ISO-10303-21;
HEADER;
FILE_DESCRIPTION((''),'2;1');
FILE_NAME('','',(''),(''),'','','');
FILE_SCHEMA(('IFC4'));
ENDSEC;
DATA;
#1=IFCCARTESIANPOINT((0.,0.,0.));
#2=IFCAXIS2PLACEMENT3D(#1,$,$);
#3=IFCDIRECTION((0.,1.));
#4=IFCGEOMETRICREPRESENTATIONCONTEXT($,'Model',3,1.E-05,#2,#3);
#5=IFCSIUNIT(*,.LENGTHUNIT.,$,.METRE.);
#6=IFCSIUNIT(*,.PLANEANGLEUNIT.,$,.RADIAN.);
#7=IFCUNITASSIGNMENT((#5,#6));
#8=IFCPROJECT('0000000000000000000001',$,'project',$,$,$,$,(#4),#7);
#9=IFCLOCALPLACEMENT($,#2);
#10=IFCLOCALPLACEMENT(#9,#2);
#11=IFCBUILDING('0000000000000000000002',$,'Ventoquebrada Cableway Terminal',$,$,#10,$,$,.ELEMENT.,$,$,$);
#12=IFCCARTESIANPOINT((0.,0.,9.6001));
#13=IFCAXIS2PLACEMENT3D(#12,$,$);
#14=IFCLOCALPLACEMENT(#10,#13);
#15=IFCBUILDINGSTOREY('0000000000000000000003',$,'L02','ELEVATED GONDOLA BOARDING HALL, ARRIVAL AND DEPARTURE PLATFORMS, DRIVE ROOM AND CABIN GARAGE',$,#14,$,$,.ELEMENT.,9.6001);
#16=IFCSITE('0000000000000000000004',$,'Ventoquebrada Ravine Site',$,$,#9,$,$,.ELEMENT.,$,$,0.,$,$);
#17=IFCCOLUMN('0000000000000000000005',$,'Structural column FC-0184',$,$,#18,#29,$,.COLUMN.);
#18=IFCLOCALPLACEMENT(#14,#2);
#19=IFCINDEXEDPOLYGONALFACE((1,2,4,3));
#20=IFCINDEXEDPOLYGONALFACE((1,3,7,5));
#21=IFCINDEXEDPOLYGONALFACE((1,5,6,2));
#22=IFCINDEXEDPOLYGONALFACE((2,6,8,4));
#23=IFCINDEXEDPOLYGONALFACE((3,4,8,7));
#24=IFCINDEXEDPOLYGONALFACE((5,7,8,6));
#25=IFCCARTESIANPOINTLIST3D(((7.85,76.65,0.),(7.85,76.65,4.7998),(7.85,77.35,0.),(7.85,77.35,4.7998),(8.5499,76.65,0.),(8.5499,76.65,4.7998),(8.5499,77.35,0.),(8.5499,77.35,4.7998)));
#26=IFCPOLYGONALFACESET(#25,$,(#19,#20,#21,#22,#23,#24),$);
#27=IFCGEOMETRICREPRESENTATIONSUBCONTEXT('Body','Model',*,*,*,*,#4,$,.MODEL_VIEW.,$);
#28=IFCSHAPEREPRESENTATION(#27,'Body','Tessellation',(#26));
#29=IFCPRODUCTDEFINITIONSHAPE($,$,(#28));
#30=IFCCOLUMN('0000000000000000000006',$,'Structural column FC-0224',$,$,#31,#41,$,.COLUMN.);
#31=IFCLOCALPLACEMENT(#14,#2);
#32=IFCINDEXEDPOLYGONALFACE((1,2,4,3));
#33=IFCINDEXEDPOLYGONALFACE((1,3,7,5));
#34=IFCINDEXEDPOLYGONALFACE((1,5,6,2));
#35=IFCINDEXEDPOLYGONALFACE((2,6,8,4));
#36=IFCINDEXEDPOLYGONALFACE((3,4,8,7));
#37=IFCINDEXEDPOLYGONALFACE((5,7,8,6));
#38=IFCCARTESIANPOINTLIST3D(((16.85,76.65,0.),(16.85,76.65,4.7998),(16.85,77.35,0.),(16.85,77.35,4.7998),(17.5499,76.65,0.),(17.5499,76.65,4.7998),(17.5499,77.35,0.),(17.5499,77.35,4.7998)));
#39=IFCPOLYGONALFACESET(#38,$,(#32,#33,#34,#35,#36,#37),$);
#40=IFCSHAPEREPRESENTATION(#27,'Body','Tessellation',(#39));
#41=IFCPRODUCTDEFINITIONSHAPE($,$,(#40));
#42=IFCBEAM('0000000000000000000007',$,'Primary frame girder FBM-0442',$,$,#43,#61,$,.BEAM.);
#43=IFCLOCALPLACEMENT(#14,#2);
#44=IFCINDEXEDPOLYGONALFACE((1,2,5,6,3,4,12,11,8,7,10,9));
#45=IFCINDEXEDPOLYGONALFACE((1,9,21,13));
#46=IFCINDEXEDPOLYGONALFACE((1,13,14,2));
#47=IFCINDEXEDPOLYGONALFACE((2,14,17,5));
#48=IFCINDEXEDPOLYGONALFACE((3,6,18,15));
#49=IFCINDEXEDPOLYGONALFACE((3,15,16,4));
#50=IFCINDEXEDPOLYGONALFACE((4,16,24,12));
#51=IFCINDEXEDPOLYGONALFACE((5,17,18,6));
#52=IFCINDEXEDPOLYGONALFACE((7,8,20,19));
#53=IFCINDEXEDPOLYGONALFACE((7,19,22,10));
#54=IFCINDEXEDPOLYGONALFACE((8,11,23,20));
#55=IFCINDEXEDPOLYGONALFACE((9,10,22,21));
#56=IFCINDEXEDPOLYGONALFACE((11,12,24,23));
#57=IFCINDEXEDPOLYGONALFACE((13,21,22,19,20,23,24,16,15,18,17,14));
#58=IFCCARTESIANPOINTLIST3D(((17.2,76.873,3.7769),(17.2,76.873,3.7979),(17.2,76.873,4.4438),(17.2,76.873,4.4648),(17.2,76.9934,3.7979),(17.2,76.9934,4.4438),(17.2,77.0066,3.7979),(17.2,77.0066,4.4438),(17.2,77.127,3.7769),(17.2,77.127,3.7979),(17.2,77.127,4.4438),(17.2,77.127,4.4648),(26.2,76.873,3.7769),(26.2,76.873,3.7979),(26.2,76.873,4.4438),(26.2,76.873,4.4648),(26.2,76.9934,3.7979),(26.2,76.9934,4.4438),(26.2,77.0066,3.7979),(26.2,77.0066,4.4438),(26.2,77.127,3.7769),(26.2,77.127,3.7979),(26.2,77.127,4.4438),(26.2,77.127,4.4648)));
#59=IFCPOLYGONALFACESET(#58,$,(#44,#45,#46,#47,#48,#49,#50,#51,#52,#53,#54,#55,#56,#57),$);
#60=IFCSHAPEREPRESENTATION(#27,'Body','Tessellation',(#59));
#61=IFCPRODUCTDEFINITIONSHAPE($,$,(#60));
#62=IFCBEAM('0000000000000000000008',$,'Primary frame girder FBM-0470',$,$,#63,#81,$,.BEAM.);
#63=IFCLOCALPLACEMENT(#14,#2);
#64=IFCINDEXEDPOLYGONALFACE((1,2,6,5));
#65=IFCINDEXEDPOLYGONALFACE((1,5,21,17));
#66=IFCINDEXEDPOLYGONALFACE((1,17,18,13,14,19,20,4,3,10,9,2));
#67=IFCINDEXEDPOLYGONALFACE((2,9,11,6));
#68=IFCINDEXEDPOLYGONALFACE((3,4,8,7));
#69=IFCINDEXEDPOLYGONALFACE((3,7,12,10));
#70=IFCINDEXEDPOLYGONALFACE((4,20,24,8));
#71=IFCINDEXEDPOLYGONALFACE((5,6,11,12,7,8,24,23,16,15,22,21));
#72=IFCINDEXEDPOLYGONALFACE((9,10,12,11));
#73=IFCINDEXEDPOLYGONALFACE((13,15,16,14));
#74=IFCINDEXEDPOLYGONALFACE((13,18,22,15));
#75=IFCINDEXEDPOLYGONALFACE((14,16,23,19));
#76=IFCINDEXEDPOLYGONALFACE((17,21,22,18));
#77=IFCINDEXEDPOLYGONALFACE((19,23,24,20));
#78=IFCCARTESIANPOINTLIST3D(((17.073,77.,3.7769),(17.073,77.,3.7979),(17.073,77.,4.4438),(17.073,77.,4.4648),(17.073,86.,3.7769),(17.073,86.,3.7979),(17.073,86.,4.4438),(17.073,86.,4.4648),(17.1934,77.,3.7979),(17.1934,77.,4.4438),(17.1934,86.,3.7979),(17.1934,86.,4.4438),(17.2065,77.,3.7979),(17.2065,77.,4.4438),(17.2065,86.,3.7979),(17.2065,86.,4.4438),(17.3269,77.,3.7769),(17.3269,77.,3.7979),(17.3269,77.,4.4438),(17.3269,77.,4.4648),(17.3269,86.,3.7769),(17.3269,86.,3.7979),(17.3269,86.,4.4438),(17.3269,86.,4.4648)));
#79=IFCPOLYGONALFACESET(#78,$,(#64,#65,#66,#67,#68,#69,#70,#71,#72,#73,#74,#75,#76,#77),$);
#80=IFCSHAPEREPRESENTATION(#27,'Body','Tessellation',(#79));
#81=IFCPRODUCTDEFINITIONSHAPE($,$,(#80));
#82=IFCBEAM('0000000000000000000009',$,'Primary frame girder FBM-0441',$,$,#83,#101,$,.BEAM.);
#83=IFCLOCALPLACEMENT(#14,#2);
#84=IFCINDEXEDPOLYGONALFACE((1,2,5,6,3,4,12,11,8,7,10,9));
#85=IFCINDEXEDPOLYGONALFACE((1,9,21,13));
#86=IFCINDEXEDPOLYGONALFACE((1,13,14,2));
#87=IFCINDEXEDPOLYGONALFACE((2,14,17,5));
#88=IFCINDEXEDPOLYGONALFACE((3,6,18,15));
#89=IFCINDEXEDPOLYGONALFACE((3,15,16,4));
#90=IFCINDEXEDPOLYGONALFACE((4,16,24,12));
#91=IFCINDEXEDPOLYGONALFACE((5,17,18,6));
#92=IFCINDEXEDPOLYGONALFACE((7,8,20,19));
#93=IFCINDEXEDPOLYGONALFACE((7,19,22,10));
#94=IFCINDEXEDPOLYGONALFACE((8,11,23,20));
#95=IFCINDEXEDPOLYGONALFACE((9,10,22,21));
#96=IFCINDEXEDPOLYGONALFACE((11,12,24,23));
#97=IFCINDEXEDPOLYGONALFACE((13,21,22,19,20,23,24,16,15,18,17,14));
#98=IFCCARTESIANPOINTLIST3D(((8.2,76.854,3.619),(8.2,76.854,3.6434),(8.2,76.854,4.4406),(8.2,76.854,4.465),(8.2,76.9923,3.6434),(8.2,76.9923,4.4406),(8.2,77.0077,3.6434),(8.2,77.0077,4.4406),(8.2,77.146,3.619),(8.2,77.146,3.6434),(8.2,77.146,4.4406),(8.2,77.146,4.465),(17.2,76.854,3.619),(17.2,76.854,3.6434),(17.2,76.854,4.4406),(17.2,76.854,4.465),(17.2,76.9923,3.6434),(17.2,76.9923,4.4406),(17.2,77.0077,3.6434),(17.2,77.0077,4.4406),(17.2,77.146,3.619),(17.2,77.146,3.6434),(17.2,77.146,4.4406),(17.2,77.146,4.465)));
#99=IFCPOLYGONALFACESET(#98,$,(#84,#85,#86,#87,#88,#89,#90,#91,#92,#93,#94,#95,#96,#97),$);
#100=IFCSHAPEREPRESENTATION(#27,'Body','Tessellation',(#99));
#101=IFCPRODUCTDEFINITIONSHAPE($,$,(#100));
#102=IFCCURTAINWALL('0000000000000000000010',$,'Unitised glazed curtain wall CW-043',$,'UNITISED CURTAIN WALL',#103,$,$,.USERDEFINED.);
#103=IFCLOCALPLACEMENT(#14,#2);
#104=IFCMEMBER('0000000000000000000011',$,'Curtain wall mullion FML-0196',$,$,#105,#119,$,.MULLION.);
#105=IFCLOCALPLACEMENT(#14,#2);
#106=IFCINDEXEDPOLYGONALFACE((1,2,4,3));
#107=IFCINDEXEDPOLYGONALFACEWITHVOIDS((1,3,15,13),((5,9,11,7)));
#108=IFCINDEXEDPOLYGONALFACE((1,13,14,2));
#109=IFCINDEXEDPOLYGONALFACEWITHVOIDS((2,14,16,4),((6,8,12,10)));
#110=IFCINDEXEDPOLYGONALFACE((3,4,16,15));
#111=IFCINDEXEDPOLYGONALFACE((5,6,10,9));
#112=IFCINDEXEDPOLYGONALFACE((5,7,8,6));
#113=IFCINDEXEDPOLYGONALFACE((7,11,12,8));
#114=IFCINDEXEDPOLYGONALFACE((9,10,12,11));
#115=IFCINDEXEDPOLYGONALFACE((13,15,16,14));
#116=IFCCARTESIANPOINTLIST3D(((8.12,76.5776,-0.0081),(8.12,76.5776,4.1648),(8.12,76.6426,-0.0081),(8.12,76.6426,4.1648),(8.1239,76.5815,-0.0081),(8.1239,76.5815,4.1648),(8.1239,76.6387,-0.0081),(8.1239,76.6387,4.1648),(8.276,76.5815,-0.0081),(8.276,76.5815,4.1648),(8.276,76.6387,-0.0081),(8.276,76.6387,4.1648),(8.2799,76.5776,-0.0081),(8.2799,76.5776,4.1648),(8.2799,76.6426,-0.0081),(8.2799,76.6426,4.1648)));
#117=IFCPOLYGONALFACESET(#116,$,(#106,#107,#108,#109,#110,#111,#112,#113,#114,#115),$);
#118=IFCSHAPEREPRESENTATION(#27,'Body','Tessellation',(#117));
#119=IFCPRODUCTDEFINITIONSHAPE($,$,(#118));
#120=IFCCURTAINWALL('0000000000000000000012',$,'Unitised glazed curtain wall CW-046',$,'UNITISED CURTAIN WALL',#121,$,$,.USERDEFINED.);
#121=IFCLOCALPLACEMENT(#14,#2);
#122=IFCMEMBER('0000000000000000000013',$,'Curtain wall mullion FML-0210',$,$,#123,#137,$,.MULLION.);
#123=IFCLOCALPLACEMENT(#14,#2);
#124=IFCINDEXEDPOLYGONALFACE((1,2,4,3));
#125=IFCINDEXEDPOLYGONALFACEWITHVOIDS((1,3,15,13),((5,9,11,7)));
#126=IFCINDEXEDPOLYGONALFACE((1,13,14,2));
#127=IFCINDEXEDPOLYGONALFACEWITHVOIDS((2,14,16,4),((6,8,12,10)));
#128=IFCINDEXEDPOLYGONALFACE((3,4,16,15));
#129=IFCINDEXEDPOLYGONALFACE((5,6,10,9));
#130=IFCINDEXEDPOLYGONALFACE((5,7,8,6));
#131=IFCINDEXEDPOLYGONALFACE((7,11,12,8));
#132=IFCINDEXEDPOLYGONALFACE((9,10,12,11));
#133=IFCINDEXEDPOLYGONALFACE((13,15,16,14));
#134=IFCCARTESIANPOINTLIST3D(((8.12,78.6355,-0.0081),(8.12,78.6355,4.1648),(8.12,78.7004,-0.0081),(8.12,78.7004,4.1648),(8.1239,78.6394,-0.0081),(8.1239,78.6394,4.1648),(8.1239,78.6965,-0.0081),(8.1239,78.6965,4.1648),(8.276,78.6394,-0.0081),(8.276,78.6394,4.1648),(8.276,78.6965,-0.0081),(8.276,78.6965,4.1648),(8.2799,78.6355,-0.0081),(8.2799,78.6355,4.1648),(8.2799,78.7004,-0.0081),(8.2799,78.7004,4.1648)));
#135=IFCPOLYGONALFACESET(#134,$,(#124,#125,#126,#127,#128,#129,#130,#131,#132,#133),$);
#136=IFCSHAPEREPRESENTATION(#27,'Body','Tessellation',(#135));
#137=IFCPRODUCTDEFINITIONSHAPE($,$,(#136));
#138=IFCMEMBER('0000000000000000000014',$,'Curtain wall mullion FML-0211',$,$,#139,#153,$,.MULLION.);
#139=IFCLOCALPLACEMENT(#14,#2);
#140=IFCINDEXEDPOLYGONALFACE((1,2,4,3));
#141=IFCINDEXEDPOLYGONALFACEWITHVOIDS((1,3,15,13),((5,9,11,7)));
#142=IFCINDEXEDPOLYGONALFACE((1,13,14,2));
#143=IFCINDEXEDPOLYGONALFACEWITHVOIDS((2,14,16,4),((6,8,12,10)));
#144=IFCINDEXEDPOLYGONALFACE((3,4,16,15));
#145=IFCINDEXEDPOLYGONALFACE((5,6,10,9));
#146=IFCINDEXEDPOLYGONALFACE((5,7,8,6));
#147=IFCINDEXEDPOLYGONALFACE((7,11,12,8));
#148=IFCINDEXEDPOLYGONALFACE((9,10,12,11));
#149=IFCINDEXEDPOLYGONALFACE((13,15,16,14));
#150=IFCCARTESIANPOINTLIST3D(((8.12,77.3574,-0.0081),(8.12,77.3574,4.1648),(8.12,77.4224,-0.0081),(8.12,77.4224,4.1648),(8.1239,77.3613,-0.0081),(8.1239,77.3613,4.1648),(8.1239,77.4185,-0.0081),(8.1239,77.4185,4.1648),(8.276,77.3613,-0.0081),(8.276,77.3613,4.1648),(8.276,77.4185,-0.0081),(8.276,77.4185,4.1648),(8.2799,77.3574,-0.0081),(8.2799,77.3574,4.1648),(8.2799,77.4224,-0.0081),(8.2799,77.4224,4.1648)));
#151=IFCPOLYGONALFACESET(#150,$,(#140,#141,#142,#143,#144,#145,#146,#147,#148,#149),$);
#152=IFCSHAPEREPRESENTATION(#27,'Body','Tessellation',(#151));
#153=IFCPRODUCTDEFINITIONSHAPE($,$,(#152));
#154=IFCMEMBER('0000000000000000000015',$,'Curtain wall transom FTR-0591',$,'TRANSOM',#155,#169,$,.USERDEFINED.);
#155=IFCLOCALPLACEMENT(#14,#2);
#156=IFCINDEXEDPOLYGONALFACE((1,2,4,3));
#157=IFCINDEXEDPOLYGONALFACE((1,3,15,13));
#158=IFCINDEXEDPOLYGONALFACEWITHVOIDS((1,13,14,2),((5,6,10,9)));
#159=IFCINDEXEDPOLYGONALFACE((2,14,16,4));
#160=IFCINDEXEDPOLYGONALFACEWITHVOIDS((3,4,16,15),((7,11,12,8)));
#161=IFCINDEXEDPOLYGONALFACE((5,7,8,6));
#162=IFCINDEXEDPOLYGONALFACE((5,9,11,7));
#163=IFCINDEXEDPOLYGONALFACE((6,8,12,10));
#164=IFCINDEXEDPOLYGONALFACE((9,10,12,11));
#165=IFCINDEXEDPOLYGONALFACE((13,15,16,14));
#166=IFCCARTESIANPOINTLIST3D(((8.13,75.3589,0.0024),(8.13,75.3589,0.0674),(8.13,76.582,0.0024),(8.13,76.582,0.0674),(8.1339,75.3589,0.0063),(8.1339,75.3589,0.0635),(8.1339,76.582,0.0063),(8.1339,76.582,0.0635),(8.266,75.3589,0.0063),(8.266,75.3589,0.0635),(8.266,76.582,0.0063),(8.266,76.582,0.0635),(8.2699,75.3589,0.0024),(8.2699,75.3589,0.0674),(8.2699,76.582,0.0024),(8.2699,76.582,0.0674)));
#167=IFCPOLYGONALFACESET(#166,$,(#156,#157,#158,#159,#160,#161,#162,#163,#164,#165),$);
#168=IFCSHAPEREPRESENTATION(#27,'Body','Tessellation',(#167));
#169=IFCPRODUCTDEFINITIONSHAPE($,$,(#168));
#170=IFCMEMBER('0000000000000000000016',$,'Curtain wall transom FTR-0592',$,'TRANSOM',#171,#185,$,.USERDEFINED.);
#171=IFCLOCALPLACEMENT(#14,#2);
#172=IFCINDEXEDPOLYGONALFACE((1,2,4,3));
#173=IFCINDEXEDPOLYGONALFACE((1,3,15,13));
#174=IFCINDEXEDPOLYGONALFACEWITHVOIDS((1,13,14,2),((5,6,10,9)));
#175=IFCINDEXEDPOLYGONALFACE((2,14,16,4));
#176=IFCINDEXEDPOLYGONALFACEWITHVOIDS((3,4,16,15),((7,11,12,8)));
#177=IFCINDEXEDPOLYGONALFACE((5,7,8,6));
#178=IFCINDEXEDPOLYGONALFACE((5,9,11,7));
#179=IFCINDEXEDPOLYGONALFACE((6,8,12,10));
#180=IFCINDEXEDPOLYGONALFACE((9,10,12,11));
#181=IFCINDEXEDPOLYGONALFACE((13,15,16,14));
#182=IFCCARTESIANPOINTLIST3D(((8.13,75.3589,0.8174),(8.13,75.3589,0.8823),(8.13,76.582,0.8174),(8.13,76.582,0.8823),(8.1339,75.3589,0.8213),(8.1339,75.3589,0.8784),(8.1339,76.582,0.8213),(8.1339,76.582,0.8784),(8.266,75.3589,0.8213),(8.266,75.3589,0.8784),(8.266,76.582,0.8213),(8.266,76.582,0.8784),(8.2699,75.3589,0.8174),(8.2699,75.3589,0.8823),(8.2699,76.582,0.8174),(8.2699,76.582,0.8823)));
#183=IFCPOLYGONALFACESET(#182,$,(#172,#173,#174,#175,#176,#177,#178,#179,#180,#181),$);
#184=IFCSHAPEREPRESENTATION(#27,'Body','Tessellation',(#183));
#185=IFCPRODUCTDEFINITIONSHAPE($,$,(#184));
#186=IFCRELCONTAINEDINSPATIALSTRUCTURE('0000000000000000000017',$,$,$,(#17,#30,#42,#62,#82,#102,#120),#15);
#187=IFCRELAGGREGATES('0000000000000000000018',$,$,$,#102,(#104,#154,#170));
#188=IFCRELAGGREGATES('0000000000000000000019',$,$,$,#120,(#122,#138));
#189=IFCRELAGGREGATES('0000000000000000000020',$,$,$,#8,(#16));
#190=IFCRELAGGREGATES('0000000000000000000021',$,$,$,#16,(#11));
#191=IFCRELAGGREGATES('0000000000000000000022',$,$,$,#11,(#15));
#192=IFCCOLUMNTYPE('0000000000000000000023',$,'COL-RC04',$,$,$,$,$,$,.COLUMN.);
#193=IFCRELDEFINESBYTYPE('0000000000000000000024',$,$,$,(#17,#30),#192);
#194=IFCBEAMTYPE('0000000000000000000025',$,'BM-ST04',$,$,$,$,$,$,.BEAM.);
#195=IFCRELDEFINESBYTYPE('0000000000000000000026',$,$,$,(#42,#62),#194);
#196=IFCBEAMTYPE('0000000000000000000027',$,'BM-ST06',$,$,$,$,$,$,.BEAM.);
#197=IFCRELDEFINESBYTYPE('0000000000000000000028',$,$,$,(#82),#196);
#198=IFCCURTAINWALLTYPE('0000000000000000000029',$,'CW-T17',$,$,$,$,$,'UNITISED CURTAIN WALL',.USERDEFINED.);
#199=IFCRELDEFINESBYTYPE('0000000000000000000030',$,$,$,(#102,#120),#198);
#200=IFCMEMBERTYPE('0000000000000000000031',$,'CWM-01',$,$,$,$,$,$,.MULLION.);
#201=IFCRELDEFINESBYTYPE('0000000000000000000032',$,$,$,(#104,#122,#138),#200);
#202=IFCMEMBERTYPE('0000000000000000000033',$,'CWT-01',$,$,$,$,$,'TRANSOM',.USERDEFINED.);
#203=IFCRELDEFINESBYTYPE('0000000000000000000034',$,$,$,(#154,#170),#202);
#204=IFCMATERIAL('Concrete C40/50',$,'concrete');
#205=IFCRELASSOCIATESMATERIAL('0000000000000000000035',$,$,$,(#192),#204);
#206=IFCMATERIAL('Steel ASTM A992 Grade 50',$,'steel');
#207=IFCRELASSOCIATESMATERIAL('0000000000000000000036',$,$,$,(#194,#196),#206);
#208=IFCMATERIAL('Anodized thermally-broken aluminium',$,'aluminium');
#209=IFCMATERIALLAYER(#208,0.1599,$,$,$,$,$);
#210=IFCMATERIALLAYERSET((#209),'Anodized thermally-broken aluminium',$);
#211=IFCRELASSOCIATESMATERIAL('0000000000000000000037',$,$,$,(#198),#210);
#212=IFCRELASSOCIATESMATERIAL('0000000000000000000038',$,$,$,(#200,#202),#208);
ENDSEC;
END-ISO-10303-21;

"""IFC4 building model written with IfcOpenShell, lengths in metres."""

from ifc_helpers import new_model, si_unit, direction, frame, origin, origin_2d, place, context, subcontext, project, spatial, rectangle, hollow_rectangle, i_section, extrude, material, layer, layer_set, material_profile, profile_set, type_object, element, aggregate, save


model = new_model("IFC4")

# Units and contexts
model_context = context("Model", 3, precision=1e-05, world=origin(), true_north=direction((0.0, 1.0)))
body_context = subcontext(model_context, "Body", "Model", "MODEL_VIEW")
ifc_project = project(units=[si_unit("LENGTHUNIT", "METRE"), si_unit("PLANEANGLEUNIT", "RADIAN")], contexts=[model_context])

# Site, building, storey
site_placement = place(None, origin())
site = spatial("IfcSite", under=ifc_project, at=site_placement, Name="Ventoquebrada Ravine Site", CompositionType="ELEMENT", RefElevation=0.0)
building_placement = place(site_placement, origin())
building = spatial("IfcBuilding", under=site, at=building_placement, Name="Ventoquebrada Cableway Terminal", CompositionType="ELEMENT")
storey_placement = place(building_placement, frame((0.0, 0.0, 9.6001)))
storey = spatial("IfcBuildingStorey", under=building, at=storey_placement, Name="L02", Description="ELEVATED GONDOLA BOARDING HALL, ARRIVAL AND DEPARTURE PLATFORMS, DRIVE ROOM AND CABIN GARAGE", CompositionType="ELEMENT", Elevation=9.6001)

# Columns
ifc_material_1 = material(Name="Concrete C40/50", Category="concrete")
ifc_material_profile_1 = material_profile(ifc_material_1, rectangle(XDim=0.7, YDim=0.7, at=origin_2d()), Name="RC-COL-700X700")
ifc_profile_set_1 = profile_set([ifc_material_profile_1], Name="Concrete C40/50")
column_type = type_object("IfcColumnType", Name="COL-RC04", PredefinedType="COLUMN", material=ifc_profile_set_1)
for number, where, z_axis, x_axis, name in (
    (1, (8.2, 77.0, 0.0), (0.0, 0.0, 1.0), (1.0, 0.0, 0.0), "Structural column FC-0184"),
    (2, (17.2, 77.0, 0.0), (0.0, 0.0, 1.0), (1.0, 0.0, 0.0), "Structural column FC-0224"),
):
    element("IfcColumn", number, at=place(storey_placement, frame(where, z_axis=z_axis, x_axis=x_axis)), inside=storey, type_object=column_type, Name=name, PredefinedType="COLUMN", context=body_context, shape_type="SweptSolid", body=[
        extrude(rectangle(XDim=0.7, YDim=0.7, at=origin_2d()), origin(), (0.0, 0.0, 1.0), 4.7998),
    ])

# Beams
ifc_material_2 = material(Name="Steel ASTM A992 Grade 50", Category="steel")
ifc_material_profile_2 = material_profile(ifc_material_2, i_section(OverallWidth=0.2539, OverallDepth=0.688, WebThickness=0.0132, FlangeThickness=0.021, at=origin_2d()), Name="W27X102")
ifc_profile_set_2 = profile_set([ifc_material_profile_2], Name="Steel ASTM A992 Grade 50")
beam_type_1 = type_object("IfcBeamType", Name="BM-ST04", PredefinedType="BEAM", material=ifc_profile_set_2)
for number, where, z_axis, x_axis, name in (
    (3, (17.2, 77.0, 4.1208), (1.0, 0.0, 0.0), (0.0, 1.0, 0.0), "Primary frame girder FBM-0442"),
    (4, (17.2, 77.0, 4.1208), (0.0, 1.0, 0.0), (-1.0, 0.0, 0.0), "Primary frame girder FBM-0470"),
):
    element("IfcBeam", number, at=place(storey_placement, frame(where, z_axis=z_axis, x_axis=x_axis)), inside=storey, type_object=beam_type_1, Name=name, PredefinedType="BEAM", context=body_context, shape_type="SweptSolid", body=[
        extrude(i_section(OverallWidth=0.2539, OverallDepth=0.688, WebThickness=0.0132, FlangeThickness=0.021, at=origin_2d()), origin(), (0.0, 0.0, 1.0), 9.0),
    ])
ifc_material_profile_3 = material_profile(ifc_material_2, i_section(OverallWidth=0.292, OverallDepth=0.8459, WebThickness=0.0154, FlangeThickness=0.0244, at=origin_2d()), Name="W33X141")
ifc_profile_set_3 = profile_set([ifc_material_profile_3], Name="Steel ASTM A992 Grade 50")
beam_type_2 = type_object("IfcBeamType", Name="BM-ST06", PredefinedType="BEAM", material=ifc_profile_set_3)
beam_1_placement = place(storey_placement, frame((8.2, 77.0, 4.042), z_axis=(1.0, 0.0, 0.0), x_axis=(0.0, 1.0, 0.0)))
element("IfcBeam", 5, at=beam_1_placement, inside=storey, type_object=beam_type_2, Name="Primary frame girder FBM-0441", PredefinedType="BEAM", context=body_context, shape_type="SweptSolid", body=[
    extrude(i_section(OverallWidth=0.292, OverallDepth=0.8459, WebThickness=0.0154, FlangeThickness=0.0244, at=origin_2d()), origin(), (0.0, 0.0, 1.0), 9.0),
])

# Curtain wall, member
ifc_material_3 = material(Name="Anodized thermally-broken aluminium", Category="aluminium")
ifc_layer_1 = layer(ifc_material_3, 0.1599)
ifc_layer_set_1 = layer_set([ifc_layer_1], Name="Anodized thermally-broken aluminium")
curtain_wall_type = type_object("IfcCurtainWallType", Name="CW-T17", ElementType="UNITISED CURTAIN WALL", PredefinedType="USERDEFINED", material=ifc_layer_set_1)
curtain_wall_1_placement = place(storey_placement, origin())
curtain_wall_1 = element("IfcCurtainWall", 6, at=curtain_wall_1_placement, inside=storey, type_object=curtain_wall_type, Name="Unitised glazed curtain wall CW-043", ObjectType="UNITISED CURTAIN WALL", PredefinedType="USERDEFINED")
ifc_material_profile_4 = material_profile(ifc_material_3, hollow_rectangle(XDim=0.0649, YDim=0.1599, WallThickness=0.0039, at=origin_2d()), Name="CW-MUL-65X160")
ifc_profile_set_4 = profile_set([ifc_material_profile_4], Name="Anodized thermally-broken aluminium")
member_type_1 = type_object("IfcMemberType", Name="CWM-01", PredefinedType="MULLION", material=ifc_profile_set_4)
member_1_placement = place(storey_placement, frame((8.2, 76.6101, -0.0081), z_axis=(0.0, 0.0, 1.0), x_axis=(0.0, -1.0, 0.0)))
member_1 = element("IfcMember", 7, at=member_1_placement, type_object=member_type_1, Name="Curtain wall mullion FML-0196", PredefinedType="MULLION", context=body_context, shape_type="SweptSolid", body=[
    extrude(hollow_rectangle(XDim=0.0649, YDim=0.1599, WallThickness=0.0039, at=origin_2d()), origin(), (0.0, 0.0, 1.0), 4.1729),
])

# Curtain wall, members
curtain_wall_2_placement = place(storey_placement, origin())
curtain_wall_2 = element("IfcCurtainWall", 8, at=curtain_wall_2_placement, inside=storey, type_object=curtain_wall_type, Name="Unitised glazed curtain wall CW-046", ObjectType="UNITISED CURTAIN WALL", PredefinedType="USERDEFINED")
member_2_placement = place(storey_placement, frame((8.2, 78.668, -0.0081), z_axis=(0.0, 0.0, 1.0), x_axis=(0.0, -1.0, 0.0)))
member_2 = element("IfcMember", 9, at=member_2_placement, type_object=member_type_1, Name="Curtain wall mullion FML-0210", PredefinedType="MULLION", context=body_context, shape_type="SweptSolid", body=[
    extrude(hollow_rectangle(XDim=0.0649, YDim=0.1599, WallThickness=0.0039, at=origin_2d()), origin(), (0.0, 0.0, 1.0), 4.1729),
])
member_3_placement = place(storey_placement, frame((8.2, 77.3899, -0.0081), z_axis=(0.0, 0.0, 1.0), x_axis=(0.0, -1.0, 0.0)))
member_3 = element("IfcMember", 10, at=member_3_placement, type_object=member_type_1, Name="Curtain wall mullion FML-0211", PredefinedType="MULLION", context=body_context, shape_type="SweptSolid", body=[
    extrude(hollow_rectangle(XDim=0.0649, YDim=0.1599, WallThickness=0.0039, at=origin_2d()), origin(), (0.0, 0.0, 1.0), 4.1729),
])

# Members
ifc_material_profile_5 = material_profile(ifc_material_3, hollow_rectangle(XDim=0.0649, YDim=0.1399, WallThickness=0.0039, at=origin_2d()), Name="CW-TRN-65X140")
ifc_profile_set_5 = profile_set([ifc_material_profile_5], Name="Anodized thermally-broken aluminium")
member_type_2 = type_object("IfcMemberType", Name="CWT-01", ElementType="TRANSOM", PredefinedType="USERDEFINED", material=ifc_profile_set_5)
member_4_placement = place(storey_placement, frame((8.2, 76.582, 0.0349), z_axis=(0.0, -1.0, 0.0), x_axis=(0.0, 0.0, 1.0)))
member_4 = element("IfcMember", 11, at=member_4_placement, type_object=member_type_2, Name="Curtain wall transom FTR-0591", ObjectType="TRANSOM", PredefinedType="USERDEFINED", context=body_context, shape_type="SweptSolid", body=[
    extrude(hollow_rectangle(XDim=0.0649, YDim=0.1399, WallThickness=0.0039, at=origin_2d()), origin(), (0.0, 0.0, 1.0), 1.2231),
])
member_5_placement = place(storey_placement, frame((8.2, 76.582, 0.8499), z_axis=(0.0, -1.0, 0.0), x_axis=(0.0, 0.0, 1.0)))
member_5 = element("IfcMember", 12, at=member_5_placement, type_object=member_type_2, Name="Curtain wall transom FTR-0592", ObjectType="TRANSOM", PredefinedType="USERDEFINED", context=body_context, shape_type="SweptSolid", body=[
    extrude(hollow_rectangle(XDim=0.0649, YDim=0.1399, WallThickness=0.0039, at=origin_2d()), origin(), (0.0, 0.0, 1.0), 1.2231),
])

aggregate(curtain_wall_1, [member_1, member_4, member_5])
aggregate(curtain_wall_2, [member_2, member_3])

save(model, "model.ifc")
